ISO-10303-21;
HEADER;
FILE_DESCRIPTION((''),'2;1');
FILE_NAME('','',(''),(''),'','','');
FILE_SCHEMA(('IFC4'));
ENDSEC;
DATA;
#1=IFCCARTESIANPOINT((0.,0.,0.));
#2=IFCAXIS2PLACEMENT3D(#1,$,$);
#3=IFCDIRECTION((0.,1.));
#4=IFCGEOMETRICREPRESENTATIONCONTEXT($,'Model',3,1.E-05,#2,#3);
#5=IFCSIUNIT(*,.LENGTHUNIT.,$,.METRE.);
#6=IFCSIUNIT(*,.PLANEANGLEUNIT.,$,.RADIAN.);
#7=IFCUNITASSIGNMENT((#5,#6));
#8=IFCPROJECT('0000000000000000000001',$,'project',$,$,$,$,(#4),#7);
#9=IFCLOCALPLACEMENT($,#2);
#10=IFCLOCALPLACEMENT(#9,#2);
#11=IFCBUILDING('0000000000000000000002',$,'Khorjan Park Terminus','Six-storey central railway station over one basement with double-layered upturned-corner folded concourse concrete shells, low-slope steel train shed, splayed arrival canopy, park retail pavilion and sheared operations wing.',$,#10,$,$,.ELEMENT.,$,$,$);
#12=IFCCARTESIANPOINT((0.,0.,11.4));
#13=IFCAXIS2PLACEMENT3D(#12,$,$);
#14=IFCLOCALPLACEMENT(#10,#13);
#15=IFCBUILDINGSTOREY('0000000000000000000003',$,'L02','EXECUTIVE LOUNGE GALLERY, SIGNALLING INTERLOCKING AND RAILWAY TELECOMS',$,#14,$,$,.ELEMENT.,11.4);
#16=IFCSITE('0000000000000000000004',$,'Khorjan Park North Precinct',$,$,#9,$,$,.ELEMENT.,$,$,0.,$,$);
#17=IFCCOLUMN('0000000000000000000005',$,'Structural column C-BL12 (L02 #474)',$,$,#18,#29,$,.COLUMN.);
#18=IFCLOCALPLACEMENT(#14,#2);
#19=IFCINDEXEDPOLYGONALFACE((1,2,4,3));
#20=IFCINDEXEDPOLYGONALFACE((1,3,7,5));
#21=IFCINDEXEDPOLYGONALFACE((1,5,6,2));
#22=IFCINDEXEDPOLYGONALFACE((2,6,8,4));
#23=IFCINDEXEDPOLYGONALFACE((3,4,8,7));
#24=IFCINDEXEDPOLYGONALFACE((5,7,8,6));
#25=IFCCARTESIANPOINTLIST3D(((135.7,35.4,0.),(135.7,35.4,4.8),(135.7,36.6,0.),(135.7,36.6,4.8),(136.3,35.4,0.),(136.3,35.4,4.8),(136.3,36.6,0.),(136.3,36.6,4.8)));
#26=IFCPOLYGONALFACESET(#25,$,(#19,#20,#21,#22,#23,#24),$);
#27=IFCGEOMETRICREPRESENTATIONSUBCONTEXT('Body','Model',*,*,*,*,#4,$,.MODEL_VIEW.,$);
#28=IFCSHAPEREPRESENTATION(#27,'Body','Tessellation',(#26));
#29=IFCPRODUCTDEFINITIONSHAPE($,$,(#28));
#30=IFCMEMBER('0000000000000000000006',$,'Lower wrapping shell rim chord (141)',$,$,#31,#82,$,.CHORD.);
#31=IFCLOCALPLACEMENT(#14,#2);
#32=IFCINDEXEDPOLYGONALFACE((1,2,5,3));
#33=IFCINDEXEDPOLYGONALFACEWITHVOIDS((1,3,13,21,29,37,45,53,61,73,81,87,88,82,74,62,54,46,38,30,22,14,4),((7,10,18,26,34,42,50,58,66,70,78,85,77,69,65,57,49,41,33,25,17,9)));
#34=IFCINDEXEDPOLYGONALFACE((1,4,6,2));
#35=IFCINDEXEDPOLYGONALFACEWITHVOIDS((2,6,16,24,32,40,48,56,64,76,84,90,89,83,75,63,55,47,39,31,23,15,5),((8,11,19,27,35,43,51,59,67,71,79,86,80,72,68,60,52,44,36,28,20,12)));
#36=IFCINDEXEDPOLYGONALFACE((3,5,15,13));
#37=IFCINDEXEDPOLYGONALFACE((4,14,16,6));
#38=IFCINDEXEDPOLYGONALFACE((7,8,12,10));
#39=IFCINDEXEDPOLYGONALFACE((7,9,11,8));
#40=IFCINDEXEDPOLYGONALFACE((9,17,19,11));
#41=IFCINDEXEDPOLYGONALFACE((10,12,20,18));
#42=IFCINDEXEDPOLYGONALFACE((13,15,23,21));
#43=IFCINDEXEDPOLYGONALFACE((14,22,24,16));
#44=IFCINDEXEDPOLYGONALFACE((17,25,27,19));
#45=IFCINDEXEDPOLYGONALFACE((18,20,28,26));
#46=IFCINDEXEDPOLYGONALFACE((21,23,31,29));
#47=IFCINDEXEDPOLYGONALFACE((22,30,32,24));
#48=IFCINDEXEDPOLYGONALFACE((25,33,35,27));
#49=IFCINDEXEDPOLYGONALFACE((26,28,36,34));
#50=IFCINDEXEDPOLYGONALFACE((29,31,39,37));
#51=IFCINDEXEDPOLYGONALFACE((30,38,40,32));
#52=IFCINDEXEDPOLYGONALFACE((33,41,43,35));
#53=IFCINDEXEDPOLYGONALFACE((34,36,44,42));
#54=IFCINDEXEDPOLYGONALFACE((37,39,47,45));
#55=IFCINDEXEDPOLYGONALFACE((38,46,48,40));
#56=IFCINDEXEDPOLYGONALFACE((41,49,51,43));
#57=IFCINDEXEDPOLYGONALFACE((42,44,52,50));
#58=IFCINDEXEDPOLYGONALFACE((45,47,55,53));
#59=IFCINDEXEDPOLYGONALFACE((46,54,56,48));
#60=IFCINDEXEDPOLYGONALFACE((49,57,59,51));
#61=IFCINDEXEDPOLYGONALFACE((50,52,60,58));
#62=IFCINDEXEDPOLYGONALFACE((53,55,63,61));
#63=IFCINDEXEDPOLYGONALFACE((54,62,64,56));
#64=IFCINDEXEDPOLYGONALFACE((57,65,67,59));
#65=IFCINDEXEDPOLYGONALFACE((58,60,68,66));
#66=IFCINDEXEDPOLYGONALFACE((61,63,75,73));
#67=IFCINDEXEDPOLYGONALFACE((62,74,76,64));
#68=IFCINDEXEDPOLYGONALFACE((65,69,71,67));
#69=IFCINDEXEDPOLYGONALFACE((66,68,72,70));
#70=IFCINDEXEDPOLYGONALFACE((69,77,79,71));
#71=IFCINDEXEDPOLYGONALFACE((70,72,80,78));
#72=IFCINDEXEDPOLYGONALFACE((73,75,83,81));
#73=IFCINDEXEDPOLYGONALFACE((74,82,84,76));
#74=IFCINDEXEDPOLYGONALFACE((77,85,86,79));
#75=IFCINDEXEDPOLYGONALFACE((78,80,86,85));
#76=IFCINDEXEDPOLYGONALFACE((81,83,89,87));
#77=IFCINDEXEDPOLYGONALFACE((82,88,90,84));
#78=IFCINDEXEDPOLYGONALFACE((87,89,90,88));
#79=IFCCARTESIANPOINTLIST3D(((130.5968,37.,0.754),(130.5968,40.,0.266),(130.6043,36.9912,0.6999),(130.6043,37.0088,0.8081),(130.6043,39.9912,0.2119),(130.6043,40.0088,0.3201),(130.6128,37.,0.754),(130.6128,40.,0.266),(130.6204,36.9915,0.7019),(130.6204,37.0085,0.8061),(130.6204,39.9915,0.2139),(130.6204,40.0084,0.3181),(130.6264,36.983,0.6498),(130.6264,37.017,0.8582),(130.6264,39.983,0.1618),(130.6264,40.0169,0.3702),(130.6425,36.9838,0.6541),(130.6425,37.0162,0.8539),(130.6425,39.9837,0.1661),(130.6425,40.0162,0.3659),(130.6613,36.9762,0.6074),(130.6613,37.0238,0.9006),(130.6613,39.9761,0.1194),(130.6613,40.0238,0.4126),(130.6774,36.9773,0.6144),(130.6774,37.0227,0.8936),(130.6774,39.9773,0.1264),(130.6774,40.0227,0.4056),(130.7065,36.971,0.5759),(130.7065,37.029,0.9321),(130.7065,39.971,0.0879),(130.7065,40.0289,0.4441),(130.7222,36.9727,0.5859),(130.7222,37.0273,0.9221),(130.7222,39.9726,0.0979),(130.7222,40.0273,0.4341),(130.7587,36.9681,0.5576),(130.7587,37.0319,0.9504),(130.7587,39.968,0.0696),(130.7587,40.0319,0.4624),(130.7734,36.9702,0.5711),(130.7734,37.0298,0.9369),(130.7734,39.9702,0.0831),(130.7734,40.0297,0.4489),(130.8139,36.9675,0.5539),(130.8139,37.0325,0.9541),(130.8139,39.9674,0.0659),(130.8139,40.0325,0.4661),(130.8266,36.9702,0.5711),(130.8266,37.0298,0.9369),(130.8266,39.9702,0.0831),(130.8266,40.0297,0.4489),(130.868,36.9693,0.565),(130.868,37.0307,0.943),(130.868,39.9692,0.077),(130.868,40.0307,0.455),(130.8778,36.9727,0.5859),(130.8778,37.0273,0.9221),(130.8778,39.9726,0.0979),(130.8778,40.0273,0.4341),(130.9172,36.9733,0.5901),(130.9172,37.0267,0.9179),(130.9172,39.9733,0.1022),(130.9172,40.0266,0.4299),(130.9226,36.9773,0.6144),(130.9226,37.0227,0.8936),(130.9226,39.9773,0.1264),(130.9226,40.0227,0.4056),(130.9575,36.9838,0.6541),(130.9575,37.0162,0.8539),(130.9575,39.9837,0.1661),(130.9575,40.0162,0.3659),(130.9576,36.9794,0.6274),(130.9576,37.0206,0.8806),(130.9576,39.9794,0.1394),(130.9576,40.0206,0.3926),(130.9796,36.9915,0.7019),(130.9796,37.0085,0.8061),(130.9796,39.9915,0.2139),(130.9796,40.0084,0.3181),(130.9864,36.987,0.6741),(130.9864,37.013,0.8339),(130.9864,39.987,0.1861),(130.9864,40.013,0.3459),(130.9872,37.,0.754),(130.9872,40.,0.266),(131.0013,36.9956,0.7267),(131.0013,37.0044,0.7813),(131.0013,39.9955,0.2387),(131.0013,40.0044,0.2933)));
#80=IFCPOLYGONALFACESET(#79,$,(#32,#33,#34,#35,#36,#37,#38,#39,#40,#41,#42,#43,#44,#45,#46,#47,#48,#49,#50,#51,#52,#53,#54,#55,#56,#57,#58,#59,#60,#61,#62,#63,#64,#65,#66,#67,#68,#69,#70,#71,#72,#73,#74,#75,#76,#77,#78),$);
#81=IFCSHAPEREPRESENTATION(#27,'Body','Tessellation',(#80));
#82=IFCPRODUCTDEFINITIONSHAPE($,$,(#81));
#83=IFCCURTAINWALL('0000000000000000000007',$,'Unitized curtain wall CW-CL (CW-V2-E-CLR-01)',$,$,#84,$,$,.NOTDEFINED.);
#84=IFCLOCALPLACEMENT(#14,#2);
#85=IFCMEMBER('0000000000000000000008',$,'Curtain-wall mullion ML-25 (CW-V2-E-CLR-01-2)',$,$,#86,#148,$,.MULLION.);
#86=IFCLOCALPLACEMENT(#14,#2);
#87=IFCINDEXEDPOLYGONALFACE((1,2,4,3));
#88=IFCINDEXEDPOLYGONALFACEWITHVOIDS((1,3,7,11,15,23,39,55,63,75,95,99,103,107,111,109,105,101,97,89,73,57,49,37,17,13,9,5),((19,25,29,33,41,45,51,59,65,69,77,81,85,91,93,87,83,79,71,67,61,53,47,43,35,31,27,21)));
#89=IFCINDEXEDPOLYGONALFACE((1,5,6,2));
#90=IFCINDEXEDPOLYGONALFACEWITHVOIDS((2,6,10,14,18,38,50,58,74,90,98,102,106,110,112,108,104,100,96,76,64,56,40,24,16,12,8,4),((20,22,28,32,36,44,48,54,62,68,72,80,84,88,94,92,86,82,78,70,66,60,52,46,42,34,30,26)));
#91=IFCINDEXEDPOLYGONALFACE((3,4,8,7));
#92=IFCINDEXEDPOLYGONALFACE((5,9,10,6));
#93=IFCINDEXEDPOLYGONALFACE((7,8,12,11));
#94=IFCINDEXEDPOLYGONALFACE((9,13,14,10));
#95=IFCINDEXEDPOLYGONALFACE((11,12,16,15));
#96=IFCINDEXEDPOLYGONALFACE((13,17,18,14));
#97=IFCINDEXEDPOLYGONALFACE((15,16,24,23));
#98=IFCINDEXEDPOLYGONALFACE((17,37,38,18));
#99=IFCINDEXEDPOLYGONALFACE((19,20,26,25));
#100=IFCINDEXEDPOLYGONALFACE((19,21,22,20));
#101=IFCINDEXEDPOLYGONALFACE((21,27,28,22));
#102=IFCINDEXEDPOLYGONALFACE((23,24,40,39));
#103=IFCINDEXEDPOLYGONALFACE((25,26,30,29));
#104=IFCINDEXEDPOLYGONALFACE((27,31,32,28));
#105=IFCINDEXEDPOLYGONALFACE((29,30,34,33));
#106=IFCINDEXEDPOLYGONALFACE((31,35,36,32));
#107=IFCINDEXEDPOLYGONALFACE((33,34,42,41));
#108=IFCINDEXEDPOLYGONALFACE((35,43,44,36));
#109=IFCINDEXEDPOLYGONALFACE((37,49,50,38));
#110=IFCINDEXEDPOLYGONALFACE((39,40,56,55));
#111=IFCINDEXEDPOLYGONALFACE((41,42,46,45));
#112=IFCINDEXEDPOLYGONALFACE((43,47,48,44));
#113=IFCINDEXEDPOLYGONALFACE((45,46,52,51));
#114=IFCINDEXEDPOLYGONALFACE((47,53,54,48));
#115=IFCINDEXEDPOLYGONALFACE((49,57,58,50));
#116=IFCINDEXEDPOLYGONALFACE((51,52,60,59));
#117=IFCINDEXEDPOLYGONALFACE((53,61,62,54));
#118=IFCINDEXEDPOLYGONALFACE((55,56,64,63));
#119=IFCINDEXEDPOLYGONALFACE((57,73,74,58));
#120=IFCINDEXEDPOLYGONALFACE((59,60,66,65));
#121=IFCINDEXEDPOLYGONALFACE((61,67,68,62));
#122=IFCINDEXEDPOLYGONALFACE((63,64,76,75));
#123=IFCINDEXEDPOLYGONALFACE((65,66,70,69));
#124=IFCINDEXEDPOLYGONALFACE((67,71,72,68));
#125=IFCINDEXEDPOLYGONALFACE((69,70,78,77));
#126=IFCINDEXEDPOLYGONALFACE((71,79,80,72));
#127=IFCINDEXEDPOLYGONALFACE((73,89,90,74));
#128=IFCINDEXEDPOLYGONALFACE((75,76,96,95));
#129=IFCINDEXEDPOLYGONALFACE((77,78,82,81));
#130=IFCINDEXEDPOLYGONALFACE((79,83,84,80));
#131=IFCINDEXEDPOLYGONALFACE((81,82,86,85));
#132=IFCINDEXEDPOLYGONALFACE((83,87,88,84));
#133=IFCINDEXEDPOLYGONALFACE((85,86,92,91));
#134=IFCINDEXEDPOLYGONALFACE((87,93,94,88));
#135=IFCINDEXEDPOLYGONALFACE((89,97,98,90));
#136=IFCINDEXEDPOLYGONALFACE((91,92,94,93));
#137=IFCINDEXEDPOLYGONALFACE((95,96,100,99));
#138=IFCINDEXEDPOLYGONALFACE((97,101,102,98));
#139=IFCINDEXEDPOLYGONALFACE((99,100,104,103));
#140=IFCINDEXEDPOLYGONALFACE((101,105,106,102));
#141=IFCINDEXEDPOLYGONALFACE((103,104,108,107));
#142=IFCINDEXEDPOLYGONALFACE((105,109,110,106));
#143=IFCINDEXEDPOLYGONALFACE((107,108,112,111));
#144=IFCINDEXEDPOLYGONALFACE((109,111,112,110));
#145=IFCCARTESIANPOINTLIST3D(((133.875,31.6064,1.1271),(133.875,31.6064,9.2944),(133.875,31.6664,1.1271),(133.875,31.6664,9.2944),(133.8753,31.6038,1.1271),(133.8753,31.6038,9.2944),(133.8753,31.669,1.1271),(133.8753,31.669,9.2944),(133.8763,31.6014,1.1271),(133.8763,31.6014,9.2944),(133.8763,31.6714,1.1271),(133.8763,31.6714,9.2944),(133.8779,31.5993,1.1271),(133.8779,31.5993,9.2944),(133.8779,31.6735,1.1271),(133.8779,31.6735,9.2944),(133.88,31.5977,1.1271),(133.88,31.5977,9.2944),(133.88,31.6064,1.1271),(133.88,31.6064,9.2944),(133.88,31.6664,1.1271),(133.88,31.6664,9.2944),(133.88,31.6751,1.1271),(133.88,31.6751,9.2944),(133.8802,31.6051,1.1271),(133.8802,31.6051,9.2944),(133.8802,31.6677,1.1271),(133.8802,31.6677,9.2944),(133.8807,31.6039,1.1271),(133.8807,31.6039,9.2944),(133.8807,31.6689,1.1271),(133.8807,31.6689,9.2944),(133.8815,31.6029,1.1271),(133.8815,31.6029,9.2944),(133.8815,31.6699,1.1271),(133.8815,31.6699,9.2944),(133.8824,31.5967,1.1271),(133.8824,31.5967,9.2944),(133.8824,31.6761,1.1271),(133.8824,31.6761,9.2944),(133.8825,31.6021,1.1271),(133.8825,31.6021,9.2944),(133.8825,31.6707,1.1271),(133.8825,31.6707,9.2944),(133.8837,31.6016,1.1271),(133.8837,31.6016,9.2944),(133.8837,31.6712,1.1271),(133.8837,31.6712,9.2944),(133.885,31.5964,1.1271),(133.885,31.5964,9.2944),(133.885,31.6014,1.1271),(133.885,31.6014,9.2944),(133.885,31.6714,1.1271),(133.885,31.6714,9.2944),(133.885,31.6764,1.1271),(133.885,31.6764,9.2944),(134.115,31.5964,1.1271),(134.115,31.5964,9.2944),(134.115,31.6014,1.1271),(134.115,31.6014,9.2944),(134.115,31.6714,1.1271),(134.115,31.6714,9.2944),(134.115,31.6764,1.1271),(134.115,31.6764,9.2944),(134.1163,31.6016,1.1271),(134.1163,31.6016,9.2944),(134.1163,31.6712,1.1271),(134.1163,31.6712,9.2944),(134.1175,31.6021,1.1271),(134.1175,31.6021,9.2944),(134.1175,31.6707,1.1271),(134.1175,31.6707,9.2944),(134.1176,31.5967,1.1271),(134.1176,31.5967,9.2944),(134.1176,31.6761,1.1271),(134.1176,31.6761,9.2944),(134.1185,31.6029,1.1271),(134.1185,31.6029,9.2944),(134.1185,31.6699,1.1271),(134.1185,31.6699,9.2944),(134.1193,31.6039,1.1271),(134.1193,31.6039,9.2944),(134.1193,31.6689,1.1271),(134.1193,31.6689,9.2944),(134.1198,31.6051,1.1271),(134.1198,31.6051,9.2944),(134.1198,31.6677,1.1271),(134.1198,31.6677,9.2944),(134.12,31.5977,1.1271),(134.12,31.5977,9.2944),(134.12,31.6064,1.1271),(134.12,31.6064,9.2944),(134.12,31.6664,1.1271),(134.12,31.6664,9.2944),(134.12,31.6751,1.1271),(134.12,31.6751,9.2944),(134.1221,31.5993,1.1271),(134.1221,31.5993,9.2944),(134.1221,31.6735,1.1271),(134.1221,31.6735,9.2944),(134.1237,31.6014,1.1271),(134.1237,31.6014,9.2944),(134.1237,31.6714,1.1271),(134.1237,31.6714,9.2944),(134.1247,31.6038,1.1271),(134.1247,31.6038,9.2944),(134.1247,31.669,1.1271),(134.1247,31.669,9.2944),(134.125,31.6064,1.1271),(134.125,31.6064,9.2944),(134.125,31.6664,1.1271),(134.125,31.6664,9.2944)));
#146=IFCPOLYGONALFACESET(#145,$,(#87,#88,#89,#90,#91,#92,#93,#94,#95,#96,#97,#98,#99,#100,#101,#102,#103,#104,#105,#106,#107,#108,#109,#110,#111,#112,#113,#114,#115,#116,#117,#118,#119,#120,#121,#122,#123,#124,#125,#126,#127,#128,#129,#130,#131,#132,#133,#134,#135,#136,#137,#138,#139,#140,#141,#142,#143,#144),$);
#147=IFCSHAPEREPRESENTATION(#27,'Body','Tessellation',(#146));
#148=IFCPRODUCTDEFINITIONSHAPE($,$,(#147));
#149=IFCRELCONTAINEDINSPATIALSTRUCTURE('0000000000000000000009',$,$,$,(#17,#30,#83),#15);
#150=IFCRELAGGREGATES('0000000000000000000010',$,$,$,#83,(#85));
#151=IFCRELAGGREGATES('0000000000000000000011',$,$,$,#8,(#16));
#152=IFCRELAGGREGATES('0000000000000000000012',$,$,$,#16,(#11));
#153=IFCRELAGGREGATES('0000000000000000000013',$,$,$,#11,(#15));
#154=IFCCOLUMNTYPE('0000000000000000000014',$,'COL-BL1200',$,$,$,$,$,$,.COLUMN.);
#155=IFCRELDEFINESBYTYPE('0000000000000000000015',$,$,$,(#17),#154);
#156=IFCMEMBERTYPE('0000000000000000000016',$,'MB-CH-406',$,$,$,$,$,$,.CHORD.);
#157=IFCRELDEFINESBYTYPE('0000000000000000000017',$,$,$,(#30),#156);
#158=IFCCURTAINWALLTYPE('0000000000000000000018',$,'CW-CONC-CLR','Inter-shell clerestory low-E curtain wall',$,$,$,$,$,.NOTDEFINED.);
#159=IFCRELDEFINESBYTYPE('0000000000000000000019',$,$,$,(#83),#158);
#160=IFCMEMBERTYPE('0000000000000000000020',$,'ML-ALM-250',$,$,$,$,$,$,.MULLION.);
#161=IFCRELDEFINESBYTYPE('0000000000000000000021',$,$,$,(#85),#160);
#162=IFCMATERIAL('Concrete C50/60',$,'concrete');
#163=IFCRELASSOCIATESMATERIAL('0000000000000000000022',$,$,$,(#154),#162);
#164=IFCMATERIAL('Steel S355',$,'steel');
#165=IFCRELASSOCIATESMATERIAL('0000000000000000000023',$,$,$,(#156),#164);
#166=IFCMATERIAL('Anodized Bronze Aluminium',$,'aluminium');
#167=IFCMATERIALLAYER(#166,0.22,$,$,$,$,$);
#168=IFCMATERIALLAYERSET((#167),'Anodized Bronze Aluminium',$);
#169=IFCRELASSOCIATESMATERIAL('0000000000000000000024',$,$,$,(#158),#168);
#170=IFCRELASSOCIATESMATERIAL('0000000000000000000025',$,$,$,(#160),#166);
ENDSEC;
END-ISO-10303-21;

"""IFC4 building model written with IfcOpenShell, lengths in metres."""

from ifc_helpers import new_model, si_unit, direction, frame, origin, origin_2d, place, context, subcontext, project, spatial, rectangle, hollow_rectangle, hollow_circle, extrude, material, layer, layer_set, material_profile, profile_set, type_object, element, aggregate, save


model = new_model("IFC4")

# Units and contexts
model_context = context("Model", 3, precision=1e-05, world=origin(), true_north=direction((0.0, 1.0)))
body_context = subcontext(model_context, "Body", "Model", "MODEL_VIEW")
ifc_project = project(units=[si_unit("LENGTHUNIT", "METRE"), si_unit("PLANEANGLEUNIT", "RADIAN")], contexts=[model_context])

# Site, building, storey
site_placement = place(None, origin())
site = spatial("IfcSite", under=ifc_project, at=site_placement, Name="Khorjan Park North Precinct", CompositionType="ELEMENT", RefElevation=0.0)
building_placement = place(site_placement, origin())
building = spatial("IfcBuilding", under=site, at=building_placement, Name="Khorjan Park Terminus", Description="Six-storey central railway station over one basement with double-layered upturned-corner folded concourse concrete shells, low-slope steel train shed, splayed arrival canopy, park retail pavilion and sheared operations wing.", CompositionType="ELEMENT")
storey_placement = place(building_placement, frame((0.0, 0.0, 11.4)))
storey = spatial("IfcBuildingStorey", under=building, at=storey_placement, Name="L02", Description="EXECUTIVE LOUNGE GALLERY, SIGNALLING INTERLOCKING AND RAILWAY TELECOMS", CompositionType="ELEMENT", Elevation=11.4)

# Column
ifc_material_1 = material(Name="Concrete C50/60", Category="concrete")
ifc_material_profile_1 = material_profile(ifc_material_1, rectangle(XDim=0.6, YDim=1.2, at=origin_2d()), Name="RC 600x1200")
ifc_profile_set_1 = profile_set([ifc_material_profile_1], Name="Concrete C50/60")
column_type = type_object("IfcColumnType", Name="COL-BL1200", PredefinedType="COLUMN", material=ifc_profile_set_1)
column_placement = place(storey_placement, frame((136.0, 36.0, 0.0), z_axis=(0.0, 0.0, 1.0), x_axis=(1.0, 0.0, 0.0)))
element("IfcColumn", 1, at=column_placement, inside=storey, type_object=column_type, Name="Structural column C-BL12 (L02 #474)", PredefinedType="COLUMN", context=body_context, shape_type="SweptSolid", body=[
    extrude(rectangle(XDim=0.6, YDim=1.2, at=origin_2d()), origin(), (0.0, 0.0, 1.0), 4.8),
])

# Member
ifc_material_2 = material(Name="Steel S355", Category="steel")
ifc_material_profile_2 = material_profile(ifc_material_2, hollow_circle(Radius=0.2032, WallThickness=0.016, at=origin_2d()), Name="CHS 406.4x16")
ifc_profile_set_2 = profile_set([ifc_material_profile_2], Name="Steel S355")
member_type_1 = type_object("IfcMemberType", Name="MB-CH-406", PredefinedType="CHORD", material=ifc_profile_set_2)
member_1_placement = place(storey_placement, frame((130.8, 37.0, 0.754), z_axis=(0.0, 0.987027, -0.160556), x_axis=(-1.0, 0.0, 0.0)))
element("IfcMember", 2, at=member_1_placement, inside=storey, type_object=member_type_1, Name="Lower wrapping shell rim chord (141)", PredefinedType="CHORD", context=body_context, shape_type="SweptSolid", body=[
    extrude(hollow_circle(Radius=0.2032, WallThickness=0.016, at=origin_2d()), origin(), (0.0, 0.0, 1.0), 3.0394),
])

# Curtain wall, member
ifc_material_3 = material(Name="Anodized Bronze Aluminium", Category="aluminium")
ifc_layer_1 = layer(ifc_material_3, 0.22)
ifc_layer_set_1 = layer_set([ifc_layer_1], Name="Anodized Bronze Aluminium")
curtain_wall_type = type_object("IfcCurtainWallType", Name="CW-CONC-CLR", Description="Inter-shell clerestory low-E curtain wall", PredefinedType="NOTDEFINED", material=ifc_layer_set_1)
curtain_wall_placement = place(storey_placement, origin())
curtain_wall = element("IfcCurtainWall", 3, at=curtain_wall_placement, inside=storey, type_object=curtain_wall_type, Name="Unitized curtain wall CW-CL (CW-V2-E-CLR-01)", PredefinedType="NOTDEFINED")
ifc_material_profile_3 = material_profile(ifc_material_3, hollow_rectangle(XDim=0.08, YDim=0.25, WallThickness=0.005, InnerFilletRadius=0.005, OuterFilletRadius=0.01, at=origin_2d()), Name="ALM 80x250x5")
ifc_profile_set_3 = profile_set([ifc_material_profile_3], Name="Anodized Bronze Aluminium")
member_type_2 = type_object("IfcMemberType", Name="ML-ALM-250", PredefinedType="MULLION", material=ifc_profile_set_3)
member_2_placement = place(storey_placement, frame((134.0, 31.6364, 1.1271), z_axis=(0.0, 0.0, 1.0), x_axis=(0.0, 1.0, 0.0)))
member_2 = element("IfcMember", 4, at=member_2_placement, type_object=member_type_2, Name="Curtain-wall mullion ML-25 (CW-V2-E-CLR-01-2)", PredefinedType="MULLION", context=body_context, shape_type="SweptSolid", body=[
    extrude(hollow_rectangle(XDim=0.08, YDim=0.25, WallThickness=0.005, InnerFilletRadius=0.005, OuterFilletRadius=0.01, at=origin_2d()), origin(), (0.0, 0.0, 1.0), 8.1673),
])

aggregate(curtain_wall, [member_2])

save(model, "model.ifc")
